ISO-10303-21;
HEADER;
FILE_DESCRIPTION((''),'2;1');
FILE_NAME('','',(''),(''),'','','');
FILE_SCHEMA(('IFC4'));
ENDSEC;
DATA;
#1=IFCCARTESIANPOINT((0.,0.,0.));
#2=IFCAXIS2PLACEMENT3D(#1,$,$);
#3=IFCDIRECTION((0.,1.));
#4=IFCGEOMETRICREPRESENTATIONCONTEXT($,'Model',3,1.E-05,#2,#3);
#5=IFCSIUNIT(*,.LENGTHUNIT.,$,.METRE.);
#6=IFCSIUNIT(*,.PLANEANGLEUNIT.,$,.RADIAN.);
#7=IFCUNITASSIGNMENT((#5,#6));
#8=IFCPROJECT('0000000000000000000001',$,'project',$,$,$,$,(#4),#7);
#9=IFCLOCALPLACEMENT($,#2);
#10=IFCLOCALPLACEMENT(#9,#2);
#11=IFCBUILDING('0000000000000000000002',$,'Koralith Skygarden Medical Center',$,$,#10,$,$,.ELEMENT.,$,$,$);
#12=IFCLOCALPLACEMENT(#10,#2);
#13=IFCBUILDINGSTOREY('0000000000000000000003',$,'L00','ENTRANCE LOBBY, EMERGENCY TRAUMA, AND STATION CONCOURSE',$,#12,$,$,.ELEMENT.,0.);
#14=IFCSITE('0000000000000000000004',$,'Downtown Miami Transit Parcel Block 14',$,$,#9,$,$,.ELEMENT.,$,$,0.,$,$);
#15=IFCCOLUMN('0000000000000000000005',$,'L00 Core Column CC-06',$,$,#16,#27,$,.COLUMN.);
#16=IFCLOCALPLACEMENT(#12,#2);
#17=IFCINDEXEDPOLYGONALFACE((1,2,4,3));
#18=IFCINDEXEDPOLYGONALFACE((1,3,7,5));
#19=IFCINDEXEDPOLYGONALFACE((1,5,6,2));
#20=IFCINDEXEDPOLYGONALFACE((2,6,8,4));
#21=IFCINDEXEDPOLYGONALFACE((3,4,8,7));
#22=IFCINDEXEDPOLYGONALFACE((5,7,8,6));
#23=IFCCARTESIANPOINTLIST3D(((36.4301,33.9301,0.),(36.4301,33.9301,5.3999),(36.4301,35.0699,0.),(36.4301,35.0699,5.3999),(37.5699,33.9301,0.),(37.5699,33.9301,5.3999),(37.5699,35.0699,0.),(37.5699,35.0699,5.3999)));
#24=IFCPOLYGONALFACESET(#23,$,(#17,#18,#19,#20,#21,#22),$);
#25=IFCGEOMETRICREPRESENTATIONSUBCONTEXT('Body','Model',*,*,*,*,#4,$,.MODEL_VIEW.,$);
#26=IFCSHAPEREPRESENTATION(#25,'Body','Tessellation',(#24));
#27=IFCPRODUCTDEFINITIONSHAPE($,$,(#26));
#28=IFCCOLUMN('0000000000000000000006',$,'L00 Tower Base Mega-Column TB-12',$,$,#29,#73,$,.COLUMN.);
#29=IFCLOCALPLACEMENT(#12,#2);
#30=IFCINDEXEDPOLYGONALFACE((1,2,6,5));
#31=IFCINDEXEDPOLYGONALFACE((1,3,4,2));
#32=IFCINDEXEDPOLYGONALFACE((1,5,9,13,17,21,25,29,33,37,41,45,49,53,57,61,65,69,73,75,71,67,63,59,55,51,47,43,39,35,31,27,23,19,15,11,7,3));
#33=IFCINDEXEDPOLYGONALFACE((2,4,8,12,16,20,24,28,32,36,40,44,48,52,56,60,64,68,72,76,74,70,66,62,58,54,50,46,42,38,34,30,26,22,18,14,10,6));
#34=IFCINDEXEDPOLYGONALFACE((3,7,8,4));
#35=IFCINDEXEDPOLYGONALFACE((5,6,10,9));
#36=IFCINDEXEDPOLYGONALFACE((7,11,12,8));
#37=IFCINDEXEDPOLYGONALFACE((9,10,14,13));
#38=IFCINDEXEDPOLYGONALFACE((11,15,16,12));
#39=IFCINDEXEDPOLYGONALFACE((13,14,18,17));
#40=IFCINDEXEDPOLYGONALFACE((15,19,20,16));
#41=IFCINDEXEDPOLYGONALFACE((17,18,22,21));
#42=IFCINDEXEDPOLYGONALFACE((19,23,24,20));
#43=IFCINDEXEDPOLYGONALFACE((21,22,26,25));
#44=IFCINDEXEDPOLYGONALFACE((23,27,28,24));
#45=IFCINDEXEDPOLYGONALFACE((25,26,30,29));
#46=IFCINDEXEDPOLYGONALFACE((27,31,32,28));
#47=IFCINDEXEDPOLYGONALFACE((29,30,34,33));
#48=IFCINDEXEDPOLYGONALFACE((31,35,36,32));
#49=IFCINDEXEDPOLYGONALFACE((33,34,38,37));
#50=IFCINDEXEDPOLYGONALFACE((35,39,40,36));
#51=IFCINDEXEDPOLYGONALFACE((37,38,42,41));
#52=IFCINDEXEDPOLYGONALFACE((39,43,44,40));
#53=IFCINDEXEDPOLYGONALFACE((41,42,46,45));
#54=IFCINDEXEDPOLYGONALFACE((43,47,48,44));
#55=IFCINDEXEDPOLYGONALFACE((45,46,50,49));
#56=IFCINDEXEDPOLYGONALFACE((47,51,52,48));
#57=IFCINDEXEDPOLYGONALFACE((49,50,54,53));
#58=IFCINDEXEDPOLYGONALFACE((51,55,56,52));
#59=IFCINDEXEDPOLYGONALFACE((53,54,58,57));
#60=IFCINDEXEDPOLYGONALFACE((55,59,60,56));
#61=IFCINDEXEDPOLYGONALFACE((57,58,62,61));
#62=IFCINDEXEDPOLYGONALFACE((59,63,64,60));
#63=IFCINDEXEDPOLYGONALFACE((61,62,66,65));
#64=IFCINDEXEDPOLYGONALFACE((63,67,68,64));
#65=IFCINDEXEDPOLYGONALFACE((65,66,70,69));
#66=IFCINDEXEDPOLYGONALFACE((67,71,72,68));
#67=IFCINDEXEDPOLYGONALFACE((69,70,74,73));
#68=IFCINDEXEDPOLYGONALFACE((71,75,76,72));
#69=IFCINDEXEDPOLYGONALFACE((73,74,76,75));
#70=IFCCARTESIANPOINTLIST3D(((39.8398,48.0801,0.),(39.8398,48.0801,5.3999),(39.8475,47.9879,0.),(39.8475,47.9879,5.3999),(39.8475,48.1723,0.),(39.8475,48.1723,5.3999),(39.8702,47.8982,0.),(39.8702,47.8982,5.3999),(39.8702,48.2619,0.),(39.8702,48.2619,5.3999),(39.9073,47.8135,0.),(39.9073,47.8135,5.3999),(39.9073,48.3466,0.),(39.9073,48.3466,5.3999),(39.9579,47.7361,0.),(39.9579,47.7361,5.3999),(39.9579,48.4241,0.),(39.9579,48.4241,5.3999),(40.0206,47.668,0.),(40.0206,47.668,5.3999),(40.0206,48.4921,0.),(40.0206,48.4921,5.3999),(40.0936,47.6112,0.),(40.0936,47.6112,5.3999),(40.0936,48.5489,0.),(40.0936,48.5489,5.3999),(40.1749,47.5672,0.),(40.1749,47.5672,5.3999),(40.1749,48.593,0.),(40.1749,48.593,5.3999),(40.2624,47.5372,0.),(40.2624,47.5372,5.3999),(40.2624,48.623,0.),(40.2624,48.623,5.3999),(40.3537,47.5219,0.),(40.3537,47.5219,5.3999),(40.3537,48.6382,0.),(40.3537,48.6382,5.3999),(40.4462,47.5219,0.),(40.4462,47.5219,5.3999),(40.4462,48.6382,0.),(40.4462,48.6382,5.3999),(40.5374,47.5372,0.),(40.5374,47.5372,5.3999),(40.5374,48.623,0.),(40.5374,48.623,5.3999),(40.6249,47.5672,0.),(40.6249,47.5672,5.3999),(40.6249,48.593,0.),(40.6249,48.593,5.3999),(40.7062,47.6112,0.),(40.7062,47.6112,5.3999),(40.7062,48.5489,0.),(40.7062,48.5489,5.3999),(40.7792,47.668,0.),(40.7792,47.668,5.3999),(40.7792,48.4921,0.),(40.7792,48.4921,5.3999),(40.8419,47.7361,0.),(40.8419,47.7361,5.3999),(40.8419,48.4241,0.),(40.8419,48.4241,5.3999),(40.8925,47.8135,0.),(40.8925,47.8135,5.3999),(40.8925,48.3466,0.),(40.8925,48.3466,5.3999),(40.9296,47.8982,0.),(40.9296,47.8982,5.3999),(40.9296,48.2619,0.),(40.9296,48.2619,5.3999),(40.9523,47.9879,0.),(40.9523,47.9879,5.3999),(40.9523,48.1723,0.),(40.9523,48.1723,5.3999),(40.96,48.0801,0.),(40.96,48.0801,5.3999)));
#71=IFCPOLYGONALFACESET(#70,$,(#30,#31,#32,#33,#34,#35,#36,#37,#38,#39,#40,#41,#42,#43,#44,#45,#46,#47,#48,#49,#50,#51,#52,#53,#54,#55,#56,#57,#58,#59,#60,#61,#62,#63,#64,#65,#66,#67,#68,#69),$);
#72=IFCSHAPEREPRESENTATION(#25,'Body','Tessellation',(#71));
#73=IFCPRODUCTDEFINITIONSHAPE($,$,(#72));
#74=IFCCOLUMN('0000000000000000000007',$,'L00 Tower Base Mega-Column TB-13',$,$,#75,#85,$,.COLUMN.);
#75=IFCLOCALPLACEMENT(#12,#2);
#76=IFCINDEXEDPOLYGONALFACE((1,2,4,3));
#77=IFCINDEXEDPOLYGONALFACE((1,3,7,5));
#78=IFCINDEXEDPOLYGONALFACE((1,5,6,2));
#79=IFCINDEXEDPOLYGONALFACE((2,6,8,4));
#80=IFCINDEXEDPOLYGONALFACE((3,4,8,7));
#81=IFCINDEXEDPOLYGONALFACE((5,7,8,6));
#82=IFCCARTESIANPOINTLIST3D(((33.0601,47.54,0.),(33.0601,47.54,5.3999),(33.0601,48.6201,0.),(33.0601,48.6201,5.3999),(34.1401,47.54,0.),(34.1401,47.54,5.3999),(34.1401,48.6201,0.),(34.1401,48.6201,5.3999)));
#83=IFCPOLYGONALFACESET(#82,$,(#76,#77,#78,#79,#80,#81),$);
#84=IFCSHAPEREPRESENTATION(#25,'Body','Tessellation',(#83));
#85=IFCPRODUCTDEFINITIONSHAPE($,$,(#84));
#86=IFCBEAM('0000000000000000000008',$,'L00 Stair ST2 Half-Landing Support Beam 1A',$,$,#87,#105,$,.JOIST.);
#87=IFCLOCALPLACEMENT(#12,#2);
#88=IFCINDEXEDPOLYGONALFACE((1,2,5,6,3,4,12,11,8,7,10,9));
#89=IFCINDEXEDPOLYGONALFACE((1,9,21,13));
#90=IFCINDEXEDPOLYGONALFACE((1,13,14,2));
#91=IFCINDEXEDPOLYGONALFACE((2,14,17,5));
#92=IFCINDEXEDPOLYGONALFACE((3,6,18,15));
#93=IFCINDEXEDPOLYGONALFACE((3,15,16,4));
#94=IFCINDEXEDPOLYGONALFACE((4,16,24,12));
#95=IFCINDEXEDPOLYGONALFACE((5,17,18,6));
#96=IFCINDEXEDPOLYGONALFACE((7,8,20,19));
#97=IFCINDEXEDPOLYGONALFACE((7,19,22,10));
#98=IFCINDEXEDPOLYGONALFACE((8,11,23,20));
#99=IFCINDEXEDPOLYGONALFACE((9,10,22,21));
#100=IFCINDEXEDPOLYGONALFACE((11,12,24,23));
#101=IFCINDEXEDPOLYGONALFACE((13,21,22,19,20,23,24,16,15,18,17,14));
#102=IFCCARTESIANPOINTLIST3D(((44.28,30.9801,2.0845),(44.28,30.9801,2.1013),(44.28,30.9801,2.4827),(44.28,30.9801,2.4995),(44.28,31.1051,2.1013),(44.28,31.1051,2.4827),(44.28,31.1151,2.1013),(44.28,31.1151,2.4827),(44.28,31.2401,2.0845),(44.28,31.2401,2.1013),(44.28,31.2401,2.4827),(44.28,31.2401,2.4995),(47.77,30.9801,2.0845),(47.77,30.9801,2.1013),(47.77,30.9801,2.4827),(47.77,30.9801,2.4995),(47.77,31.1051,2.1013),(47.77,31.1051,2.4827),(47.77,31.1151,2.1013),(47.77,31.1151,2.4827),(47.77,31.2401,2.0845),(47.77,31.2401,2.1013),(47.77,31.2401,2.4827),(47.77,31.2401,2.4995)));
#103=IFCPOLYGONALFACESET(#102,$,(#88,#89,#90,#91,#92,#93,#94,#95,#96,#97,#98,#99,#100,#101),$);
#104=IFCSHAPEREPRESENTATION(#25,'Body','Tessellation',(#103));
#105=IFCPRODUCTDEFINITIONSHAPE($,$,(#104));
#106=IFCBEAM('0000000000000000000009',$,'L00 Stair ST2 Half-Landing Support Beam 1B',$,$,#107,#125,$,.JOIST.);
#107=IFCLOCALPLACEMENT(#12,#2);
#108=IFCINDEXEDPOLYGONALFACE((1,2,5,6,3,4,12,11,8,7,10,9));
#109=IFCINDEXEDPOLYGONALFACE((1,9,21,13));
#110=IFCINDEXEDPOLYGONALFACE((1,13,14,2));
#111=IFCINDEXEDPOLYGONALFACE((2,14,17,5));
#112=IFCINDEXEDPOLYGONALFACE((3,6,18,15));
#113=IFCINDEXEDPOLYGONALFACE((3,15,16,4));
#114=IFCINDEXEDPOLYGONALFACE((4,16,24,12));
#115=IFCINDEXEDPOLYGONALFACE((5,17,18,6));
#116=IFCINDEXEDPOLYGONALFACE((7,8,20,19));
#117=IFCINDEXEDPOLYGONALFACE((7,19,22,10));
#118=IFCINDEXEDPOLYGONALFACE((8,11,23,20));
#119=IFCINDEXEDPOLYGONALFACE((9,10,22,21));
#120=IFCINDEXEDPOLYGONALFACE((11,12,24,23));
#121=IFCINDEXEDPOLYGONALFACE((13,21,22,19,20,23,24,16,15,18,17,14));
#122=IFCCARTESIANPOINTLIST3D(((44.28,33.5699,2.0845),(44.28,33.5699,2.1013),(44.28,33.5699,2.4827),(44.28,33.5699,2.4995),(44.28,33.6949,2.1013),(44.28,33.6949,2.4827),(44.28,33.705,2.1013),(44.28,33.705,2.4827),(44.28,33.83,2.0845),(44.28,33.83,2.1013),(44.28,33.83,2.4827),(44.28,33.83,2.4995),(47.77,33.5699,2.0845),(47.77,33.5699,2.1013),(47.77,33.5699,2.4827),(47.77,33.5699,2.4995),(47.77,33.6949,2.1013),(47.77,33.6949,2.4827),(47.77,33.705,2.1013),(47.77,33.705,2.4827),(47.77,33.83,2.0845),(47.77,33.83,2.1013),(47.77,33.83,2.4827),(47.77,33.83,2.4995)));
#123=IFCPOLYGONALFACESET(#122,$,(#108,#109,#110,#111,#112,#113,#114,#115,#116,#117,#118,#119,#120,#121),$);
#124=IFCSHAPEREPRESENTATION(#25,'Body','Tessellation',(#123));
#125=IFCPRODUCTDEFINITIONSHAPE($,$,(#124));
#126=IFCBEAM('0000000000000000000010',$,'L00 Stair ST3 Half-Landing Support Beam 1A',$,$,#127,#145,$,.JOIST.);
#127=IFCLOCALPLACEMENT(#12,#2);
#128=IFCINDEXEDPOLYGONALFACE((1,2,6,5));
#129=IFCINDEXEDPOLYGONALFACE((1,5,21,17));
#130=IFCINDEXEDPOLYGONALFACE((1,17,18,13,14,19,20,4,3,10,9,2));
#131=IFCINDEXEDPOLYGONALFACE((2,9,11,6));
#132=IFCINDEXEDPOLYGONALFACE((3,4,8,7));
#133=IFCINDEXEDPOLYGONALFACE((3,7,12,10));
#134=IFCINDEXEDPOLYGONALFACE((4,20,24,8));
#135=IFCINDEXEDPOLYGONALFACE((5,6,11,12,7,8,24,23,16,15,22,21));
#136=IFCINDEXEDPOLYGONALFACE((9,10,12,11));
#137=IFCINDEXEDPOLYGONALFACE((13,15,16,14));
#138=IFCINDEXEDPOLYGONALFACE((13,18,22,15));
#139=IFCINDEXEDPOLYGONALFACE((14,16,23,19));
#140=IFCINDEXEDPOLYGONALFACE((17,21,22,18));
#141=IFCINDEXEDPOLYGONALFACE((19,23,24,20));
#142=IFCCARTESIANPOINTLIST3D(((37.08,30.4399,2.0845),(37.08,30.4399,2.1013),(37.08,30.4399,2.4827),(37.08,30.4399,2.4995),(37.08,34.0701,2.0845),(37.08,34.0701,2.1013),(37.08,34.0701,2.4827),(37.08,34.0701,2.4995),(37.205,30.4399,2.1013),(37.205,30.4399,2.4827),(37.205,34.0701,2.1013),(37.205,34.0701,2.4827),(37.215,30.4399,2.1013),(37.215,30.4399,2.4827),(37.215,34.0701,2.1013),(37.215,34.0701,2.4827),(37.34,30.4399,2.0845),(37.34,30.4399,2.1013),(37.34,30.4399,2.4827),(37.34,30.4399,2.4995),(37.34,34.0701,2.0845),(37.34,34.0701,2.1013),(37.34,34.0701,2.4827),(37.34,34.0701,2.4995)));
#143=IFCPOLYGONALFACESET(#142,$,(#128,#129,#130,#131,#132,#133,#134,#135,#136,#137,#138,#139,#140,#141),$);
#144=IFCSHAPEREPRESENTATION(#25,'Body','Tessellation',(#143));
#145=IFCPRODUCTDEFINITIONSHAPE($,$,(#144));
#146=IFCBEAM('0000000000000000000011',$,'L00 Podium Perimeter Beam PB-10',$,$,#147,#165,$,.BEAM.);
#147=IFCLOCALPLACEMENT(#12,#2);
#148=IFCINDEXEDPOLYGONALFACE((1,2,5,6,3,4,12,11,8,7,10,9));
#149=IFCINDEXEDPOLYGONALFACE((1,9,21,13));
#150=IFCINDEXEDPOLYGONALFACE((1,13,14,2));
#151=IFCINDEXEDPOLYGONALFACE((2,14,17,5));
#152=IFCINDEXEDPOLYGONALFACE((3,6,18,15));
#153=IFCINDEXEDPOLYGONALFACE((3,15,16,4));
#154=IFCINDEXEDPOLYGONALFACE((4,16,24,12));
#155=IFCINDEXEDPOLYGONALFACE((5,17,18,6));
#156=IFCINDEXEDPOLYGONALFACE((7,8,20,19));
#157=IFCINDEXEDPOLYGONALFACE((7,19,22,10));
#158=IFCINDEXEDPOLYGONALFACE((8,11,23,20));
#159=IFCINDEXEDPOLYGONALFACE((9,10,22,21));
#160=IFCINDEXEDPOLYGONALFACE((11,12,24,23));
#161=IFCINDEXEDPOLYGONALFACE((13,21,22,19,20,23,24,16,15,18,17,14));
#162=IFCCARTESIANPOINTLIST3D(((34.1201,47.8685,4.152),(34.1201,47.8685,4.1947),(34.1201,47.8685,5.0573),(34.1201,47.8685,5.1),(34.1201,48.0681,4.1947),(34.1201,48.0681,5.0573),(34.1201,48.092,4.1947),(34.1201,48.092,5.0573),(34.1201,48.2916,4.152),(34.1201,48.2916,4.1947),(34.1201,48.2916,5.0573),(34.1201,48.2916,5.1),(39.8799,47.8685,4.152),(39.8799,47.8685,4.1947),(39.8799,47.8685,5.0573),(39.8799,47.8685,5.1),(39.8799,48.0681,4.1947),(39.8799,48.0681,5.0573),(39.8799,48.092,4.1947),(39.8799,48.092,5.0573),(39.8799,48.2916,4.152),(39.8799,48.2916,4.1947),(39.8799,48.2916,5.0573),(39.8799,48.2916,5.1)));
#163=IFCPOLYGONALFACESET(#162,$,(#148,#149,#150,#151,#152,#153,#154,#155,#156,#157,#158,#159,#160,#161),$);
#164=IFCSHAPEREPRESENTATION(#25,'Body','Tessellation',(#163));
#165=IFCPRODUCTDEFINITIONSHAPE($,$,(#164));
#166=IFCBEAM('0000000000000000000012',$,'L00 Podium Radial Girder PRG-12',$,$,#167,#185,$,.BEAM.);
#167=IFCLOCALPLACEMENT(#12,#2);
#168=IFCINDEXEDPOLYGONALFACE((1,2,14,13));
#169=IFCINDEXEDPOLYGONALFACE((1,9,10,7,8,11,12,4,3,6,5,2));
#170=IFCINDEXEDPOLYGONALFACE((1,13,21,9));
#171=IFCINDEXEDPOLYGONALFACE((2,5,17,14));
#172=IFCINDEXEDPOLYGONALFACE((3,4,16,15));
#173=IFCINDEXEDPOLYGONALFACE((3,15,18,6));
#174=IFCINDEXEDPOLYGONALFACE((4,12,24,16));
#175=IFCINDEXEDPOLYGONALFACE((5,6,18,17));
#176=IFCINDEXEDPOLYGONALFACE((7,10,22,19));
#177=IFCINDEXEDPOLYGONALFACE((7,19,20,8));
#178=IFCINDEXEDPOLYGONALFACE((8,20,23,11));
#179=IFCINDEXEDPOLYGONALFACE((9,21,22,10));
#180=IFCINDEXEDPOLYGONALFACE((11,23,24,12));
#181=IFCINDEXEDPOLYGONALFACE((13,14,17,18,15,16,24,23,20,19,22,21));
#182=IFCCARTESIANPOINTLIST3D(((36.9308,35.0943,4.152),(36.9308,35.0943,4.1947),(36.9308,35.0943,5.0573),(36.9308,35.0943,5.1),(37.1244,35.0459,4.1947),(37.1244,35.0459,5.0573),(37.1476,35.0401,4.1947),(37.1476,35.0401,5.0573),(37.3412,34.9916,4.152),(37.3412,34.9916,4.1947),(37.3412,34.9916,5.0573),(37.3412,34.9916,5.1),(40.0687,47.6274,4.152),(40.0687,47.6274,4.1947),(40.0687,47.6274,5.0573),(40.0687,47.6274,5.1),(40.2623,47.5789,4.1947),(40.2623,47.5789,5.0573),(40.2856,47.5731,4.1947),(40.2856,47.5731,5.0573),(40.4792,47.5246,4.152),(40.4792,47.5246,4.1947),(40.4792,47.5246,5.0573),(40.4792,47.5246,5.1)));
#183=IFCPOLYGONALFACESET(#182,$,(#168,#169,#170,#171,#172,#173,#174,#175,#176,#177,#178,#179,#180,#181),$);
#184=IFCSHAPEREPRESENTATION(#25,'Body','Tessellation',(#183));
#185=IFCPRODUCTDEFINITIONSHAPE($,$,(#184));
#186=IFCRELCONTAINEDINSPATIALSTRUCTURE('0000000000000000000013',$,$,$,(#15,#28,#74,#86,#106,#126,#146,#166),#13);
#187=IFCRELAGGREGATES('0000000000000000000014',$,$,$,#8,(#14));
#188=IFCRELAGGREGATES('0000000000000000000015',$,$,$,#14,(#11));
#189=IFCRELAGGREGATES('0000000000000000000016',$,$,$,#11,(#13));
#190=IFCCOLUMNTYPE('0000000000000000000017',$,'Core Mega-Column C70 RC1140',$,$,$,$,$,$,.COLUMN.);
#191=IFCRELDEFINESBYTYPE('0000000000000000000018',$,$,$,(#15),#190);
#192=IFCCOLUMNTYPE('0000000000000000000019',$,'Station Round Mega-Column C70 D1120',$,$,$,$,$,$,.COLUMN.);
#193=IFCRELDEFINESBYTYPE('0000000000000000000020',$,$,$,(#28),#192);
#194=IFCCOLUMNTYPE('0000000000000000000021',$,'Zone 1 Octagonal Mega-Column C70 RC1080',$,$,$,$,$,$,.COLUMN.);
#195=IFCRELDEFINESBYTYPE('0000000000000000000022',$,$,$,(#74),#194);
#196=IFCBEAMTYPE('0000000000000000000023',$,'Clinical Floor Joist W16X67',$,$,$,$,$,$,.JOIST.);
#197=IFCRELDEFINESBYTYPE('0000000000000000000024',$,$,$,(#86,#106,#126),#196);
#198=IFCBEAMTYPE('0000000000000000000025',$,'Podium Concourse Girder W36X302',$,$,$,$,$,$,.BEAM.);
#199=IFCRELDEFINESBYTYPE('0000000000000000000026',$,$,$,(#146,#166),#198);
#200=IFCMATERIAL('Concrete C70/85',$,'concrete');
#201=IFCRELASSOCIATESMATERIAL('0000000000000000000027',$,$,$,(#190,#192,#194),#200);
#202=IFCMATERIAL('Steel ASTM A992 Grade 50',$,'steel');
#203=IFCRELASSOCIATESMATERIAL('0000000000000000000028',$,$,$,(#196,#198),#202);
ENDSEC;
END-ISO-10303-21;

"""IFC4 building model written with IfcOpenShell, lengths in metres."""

from ifc_helpers import new_model, si_unit, direction, frame, origin, origin_2d, place, context, subcontext, project, spatial, rectangle, circle, i_section, extrude, material, material_profile, profile_set, type_object, element, save


model = new_model("IFC4")

# Units and contexts
model_context = context("Model", 3, precision=1e-05, world=origin(), true_north=direction((0.0, 1.0)))
body_context = subcontext(model_context, "Body", "Model", "MODEL_VIEW")
ifc_project = project(units=[si_unit("LENGTHUNIT", "METRE"), si_unit("PLANEANGLEUNIT", "RADIAN")], contexts=[model_context])

# Site, building, storey
site_placement = place(None, origin())
site = spatial("IfcSite", under=ifc_project, at=site_placement, Name="Downtown Miami Transit Parcel Block 14", CompositionType="ELEMENT", RefElevation=0.0)
building_placement = place(site_placement, origin())
building = spatial("IfcBuilding", under=site, at=building_placement, Name="Koralith Skygarden Medical Center", CompositionType="ELEMENT")
storey_placement = place(building_placement, origin())
storey = spatial("IfcBuildingStorey", under=building, at=storey_placement, Name="L00", Description="ENTRANCE LOBBY, EMERGENCY TRAUMA, AND STATION CONCOURSE", CompositionType="ELEMENT", Elevation=0.0)

# Columns
ifc_material_1 = material(Name="Concrete C70/85", Category="concrete")
ifc_material_profile_1 = material_profile(ifc_material_1, rectangle(XDim=1.1399, YDim=1.1399, at=origin_2d()), Name="RC1140X1140")
ifc_profile_set_1 = profile_set([ifc_material_profile_1], Name="Concrete C70/85")
column_type_1 = type_object("IfcColumnType", Name="Core Mega-Column C70 RC1140", PredefinedType="COLUMN", material=ifc_profile_set_1)
column_1_placement = place(storey_placement, frame((37.0, 34.5, 0.0), z_axis=(0.0, 0.0, 1.0), x_axis=(1.0, 0.0, 0.0)))
element("IfcColumn", 1, at=column_1_placement, inside=storey, type_object=column_type_1, Name="L00 Core Column CC-06", PredefinedType="COLUMN", context=body_context, shape_type="SweptSolid", body=[
    extrude(rectangle(XDim=1.1399, YDim=1.1399, at=origin_2d()), origin(), (0.0, 0.0, 1.0), 5.3999),
])
ifc_material_profile_2 = material_profile(ifc_material_1, circle(Radius=0.5601, at=origin_2d()), Name="RCCOL1120")
ifc_profile_set_2 = profile_set([ifc_material_profile_2], Name="Concrete C70/85")
column_type_2 = type_object("IfcColumnType", Name="Station Round Mega-Column C70 D1120", PredefinedType="COLUMN", material=ifc_profile_set_2)
column_2_placement = place(storey_placement, frame((40.3999, 48.0801, 0.0), z_axis=(0.0, 0.0, 1.0), x_axis=(1.0, 0.0, 0.0)))
element("IfcColumn", 2, at=column_2_placement, inside=storey, type_object=column_type_2, Name="L00 Tower Base Mega-Column TB-12", PredefinedType="COLUMN", context=body_context, shape_type="SweptSolid", body=[
    extrude(circle(Radius=0.5601, at=origin_2d()), origin(), (0.0, 0.0, 1.0), 5.3999),
])
ifc_material_profile_3 = material_profile(ifc_material_1, rectangle(XDim=1.0801, YDim=1.0801, at=origin_2d()), Name="RC1080X1080")
ifc_profile_set_3 = profile_set([ifc_material_profile_3], Name="Concrete C70/85")
column_type_3 = type_object("IfcColumnType", Name="Zone 1 Octagonal Mega-Column C70 RC1080", PredefinedType="COLUMN", material=ifc_profile_set_3)
column_3_placement = place(storey_placement, frame((33.6001, 48.0801, 0.0), z_axis=(0.0, 0.0, 1.0), x_axis=(1.0, 0.0, 0.0)))
element("IfcColumn", 3, at=column_3_placement, inside=storey, type_object=column_type_3, Name="L00 Tower Base Mega-Column TB-13", PredefinedType="COLUMN", context=body_context, shape_type="SweptSolid", body=[
    extrude(rectangle(XDim=1.0801, YDim=1.0801, at=origin_2d()), origin(), (0.0, 0.0, 1.0), 5.3999),
])

# Beams
ifc_material_2 = material(Name="Steel ASTM A992 Grade 50", Category="steel")
ifc_material_profile_4 = material_profile(ifc_material_2, i_section(OverallWidth=0.26, OverallDepth=0.415, WebThickness=0.01, FlangeThickness=0.0168, at=origin_2d()), Name="W16X67")
ifc_profile_set_4 = profile_set([ifc_material_profile_4], Name="Steel ASTM A992 Grade 50")
beam_type_1 = type_object("IfcBeamType", Name="Clinical Floor Joist W16X67", PredefinedType="JOIST", material=ifc_profile_set_4)
for number, where, z_axis, x_axis, name in (
    (4, (44.28, 31.1101, 2.292), (1.0, 0.0, 0.0), (0.0, 1.0, 0.0), "L00 Stair ST2 Half-Landing Support Beam 1A"),
    (5, (44.28, 33.7, 2.292), (1.0, 0.0, 0.0), (0.0, 1.0, 0.0), "L00 Stair ST2 Half-Landing Support Beam 1B"),
):
    element("IfcBeam", number, at=place(storey_placement, frame(where, z_axis=z_axis, x_axis=x_axis)), inside=storey, type_object=beam_type_1, Name=name, PredefinedType="JOIST", context=body_context, shape_type="SweptSolid", body=[
        extrude(i_section(OverallWidth=0.26, OverallDepth=0.415, WebThickness=0.01, FlangeThickness=0.0168, at=origin_2d()), origin(), (0.0, 0.0, 1.0), 3.49),
    ])
beam_1_placement = place(storey_placement, frame((37.21, 30.4399, 2.292), z_axis=(0.0, 1.0, 0.0), x_axis=(-1.0, 0.0, 0.0)))
element("IfcBeam", 6, at=beam_1_placement, inside=storey, type_object=beam_type_1, Name="L00 Stair ST3 Half-Landing Support Beam 1A", PredefinedType="JOIST", context=body_context, shape_type="SweptSolid", body=[
    extrude(i_section(OverallWidth=0.26, OverallDepth=0.415, WebThickness=0.01, FlangeThickness=0.0168, at=origin_2d()), origin(), (0.0, 0.0, 1.0), 3.6301),
])
ifc_material_profile_5 = material_profile(ifc_material_2, i_section(OverallWidth=0.4231, OverallDepth=0.948, WebThickness=0.0239, FlangeThickness=0.0427, at=origin_2d()), Name="W36X302")
ifc_profile_set_5 = profile_set([ifc_material_profile_5], Name="Steel ASTM A992 Grade 50")
beam_type_2 = type_object("IfcBeamType", Name="Podium Concourse Girder W36X302", PredefinedType="BEAM", material=ifc_profile_set_5)
beam_2_placement = place(storey_placement, frame((39.8799, 48.0801, 4.626), z_axis=(-1.0, 0.0, 0.0), x_axis=(0.0, -1.0, 0.0)))
element("IfcBeam", 7, at=beam_2_placement, inside=storey, type_object=beam_type_2, Name="L00 Podium Perimeter Beam PB-10", PredefinedType="BEAM", context=body_context, shape_type="SweptSolid", body=[
    extrude(i_section(OverallWidth=0.4231, OverallDepth=0.948, WebThickness=0.0239, FlangeThickness=0.0427, at=origin_2d()), origin(), (0.0, 0.0, 1.0), 5.7598),
])
for number, where, z_axis, x_axis, name in (
    (8, (37.136, 35.043, 4.626), (0.242878, 0.970057, 0.0), (-0.970057, 0.242878, 0.0), "L00 Podium Radial Girder PRG-12"),
):
    element("IfcBeam", number, at=place(storey_placement, frame(where, z_axis=z_axis, x_axis=x_axis)), inside=storey, type_object=beam_type_2, Name=name, PredefinedType="BEAM", context=body_context, shape_type="SweptSolid", body=[
        extrude(i_section(OverallWidth=0.4231, OverallDepth=0.948, WebThickness=0.0239, FlangeThickness=0.0427, at=origin_2d()), origin(), (0.0, 0.0, 1.0), 12.9199),
    ])

save(model, "model.ifc")
